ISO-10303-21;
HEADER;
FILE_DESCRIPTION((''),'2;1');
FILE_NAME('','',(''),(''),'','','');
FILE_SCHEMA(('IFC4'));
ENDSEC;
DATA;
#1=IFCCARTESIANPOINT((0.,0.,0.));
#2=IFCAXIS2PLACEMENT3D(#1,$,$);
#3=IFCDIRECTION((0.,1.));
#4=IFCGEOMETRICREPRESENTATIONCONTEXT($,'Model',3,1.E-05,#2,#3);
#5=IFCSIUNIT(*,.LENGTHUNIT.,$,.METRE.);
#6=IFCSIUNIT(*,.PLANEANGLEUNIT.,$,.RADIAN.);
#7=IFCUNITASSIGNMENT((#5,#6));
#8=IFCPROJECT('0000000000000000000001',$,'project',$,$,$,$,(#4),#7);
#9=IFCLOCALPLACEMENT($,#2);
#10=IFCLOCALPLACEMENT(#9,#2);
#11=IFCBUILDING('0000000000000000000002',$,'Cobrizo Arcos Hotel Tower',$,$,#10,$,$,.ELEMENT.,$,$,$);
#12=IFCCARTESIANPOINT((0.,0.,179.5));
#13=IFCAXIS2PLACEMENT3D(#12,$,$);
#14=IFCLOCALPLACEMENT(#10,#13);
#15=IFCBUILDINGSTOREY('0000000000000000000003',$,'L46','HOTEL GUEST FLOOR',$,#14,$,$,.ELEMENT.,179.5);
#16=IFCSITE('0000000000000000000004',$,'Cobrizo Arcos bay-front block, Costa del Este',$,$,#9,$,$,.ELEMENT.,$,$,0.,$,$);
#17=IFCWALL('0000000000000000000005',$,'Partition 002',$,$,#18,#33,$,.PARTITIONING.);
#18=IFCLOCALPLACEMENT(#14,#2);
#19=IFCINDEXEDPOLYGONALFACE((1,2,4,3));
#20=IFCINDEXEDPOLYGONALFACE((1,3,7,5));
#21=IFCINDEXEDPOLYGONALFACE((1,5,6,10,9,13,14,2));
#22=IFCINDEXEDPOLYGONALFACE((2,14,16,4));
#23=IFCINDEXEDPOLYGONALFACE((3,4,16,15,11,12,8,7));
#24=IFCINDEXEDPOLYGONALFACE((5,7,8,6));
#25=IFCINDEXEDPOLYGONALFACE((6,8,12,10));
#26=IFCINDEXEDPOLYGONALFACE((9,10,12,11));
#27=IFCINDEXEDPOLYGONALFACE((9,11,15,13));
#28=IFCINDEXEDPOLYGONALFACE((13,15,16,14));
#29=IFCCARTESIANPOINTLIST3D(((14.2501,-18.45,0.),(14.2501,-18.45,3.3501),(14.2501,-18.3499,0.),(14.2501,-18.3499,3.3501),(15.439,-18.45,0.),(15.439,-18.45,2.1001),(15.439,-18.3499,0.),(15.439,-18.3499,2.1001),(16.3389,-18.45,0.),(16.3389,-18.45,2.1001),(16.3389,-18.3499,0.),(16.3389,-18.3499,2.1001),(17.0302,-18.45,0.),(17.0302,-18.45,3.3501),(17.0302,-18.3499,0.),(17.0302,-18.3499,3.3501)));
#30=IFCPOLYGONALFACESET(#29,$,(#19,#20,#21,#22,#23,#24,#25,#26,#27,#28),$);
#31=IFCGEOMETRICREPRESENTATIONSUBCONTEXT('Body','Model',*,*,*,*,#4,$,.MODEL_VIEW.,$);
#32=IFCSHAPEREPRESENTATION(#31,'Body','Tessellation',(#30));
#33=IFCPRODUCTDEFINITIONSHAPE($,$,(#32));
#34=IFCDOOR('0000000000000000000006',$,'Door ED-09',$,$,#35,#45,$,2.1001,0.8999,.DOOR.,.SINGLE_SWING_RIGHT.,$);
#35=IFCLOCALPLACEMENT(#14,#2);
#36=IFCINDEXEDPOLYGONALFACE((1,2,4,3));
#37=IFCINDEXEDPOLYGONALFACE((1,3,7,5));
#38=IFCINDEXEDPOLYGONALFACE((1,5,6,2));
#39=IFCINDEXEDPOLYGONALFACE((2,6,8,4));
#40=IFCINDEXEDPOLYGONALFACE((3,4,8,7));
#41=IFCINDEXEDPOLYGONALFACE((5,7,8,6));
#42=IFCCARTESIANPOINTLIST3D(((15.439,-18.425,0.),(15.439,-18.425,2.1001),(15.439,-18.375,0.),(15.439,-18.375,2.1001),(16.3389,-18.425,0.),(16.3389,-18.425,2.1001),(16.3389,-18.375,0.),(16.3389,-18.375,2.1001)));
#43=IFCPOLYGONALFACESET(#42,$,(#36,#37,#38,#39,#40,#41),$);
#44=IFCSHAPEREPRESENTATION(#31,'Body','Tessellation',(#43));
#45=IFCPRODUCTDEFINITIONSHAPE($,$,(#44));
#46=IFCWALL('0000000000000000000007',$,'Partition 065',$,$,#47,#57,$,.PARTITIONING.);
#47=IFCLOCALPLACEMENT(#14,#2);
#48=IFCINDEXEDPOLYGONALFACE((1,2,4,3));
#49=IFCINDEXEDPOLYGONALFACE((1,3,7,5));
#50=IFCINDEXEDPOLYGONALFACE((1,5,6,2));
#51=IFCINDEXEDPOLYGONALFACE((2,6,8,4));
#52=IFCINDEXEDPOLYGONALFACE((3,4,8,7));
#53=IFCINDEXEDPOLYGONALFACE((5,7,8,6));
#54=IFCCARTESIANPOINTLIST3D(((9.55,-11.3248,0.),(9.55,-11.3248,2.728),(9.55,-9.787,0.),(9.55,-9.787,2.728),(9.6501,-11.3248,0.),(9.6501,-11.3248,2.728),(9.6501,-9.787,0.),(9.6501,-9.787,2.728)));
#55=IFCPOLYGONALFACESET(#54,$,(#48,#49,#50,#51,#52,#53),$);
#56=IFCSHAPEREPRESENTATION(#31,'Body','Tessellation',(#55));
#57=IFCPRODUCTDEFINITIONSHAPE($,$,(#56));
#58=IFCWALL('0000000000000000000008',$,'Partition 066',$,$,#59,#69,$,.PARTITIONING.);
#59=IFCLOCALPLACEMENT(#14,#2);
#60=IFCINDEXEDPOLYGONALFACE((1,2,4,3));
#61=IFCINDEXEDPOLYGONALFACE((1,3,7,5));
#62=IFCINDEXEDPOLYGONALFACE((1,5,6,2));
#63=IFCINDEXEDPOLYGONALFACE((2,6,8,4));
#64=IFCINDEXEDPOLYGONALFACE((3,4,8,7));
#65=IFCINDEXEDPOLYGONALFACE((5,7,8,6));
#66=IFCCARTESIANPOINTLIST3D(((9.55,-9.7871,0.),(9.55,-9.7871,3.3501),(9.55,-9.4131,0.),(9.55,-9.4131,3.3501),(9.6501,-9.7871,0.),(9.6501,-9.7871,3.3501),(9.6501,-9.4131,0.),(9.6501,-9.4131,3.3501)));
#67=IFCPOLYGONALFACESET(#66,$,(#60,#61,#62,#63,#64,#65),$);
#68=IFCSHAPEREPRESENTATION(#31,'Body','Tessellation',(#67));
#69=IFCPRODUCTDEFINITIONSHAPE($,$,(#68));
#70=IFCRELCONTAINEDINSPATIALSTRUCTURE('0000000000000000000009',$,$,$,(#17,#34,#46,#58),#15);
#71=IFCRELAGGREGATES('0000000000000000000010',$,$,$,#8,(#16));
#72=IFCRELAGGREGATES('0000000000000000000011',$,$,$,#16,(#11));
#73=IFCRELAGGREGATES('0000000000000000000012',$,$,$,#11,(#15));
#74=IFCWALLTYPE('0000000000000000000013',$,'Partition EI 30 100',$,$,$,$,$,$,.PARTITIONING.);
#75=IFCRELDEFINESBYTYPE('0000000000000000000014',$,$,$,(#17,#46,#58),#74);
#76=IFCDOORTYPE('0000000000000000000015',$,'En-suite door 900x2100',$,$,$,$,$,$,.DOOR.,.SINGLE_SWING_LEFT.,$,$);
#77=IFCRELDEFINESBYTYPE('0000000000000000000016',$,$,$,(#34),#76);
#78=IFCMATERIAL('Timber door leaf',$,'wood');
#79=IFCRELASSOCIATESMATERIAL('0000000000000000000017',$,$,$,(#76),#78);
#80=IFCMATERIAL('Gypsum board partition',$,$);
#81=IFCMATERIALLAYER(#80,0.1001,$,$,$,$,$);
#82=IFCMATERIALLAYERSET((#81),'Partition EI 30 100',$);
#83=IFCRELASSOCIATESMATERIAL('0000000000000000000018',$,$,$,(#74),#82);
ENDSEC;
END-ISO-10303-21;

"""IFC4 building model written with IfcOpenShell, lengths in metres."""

from ifc_helpers import new_model, si_unit, direction, frame, frame_2d, origin, place, context, subcontext, project, spatial, rectangle, extrude, material, layer, layer_set, type_object, element, fill, save


model = new_model("IFC4")

# Units and contexts
model_context = context("Model", 3, precision=1e-05, world=origin(), true_north=direction((0.0, 1.0)))
body_context = subcontext(model_context, "Body", "Model", "MODEL_VIEW")
ifc_project = project(units=[si_unit("LENGTHUNIT", "METRE"), si_unit("PLANEANGLEUNIT", "RADIAN")], contexts=[model_context])

# Site, building, storey
site_placement = place(None, origin())
site = spatial("IfcSite", under=ifc_project, at=site_placement, Name="Cobrizo Arcos bay-front block, Costa del Este", CompositionType="ELEMENT", RefElevation=0.0)
building_placement = place(site_placement, origin())
building = spatial("IfcBuilding", under=site, at=building_placement, Name="Cobrizo Arcos Hotel Tower", CompositionType="ELEMENT")
storey_placement = place(building_placement, frame((0.0, 0.0, 179.5)))
storey = spatial("IfcBuildingStorey", under=building, at=storey_placement, Name="L46", Description="HOTEL GUEST FLOOR", CompositionType="ELEMENT", Elevation=179.5)

# Shared definitions
ifc_material_1 = material(Name="Gypsum board partition")

# Wall, opening, door
ifc_material_2 = material(Name="Timber door leaf", Category="wood")
door_type_1 = type_object("IfcDoorType", Name="En-suite door 900x2100", OperationType="SINGLE_SWING_LEFT", PredefinedType="DOOR", material=ifc_material_2)
ifc_layer_1 = layer(ifc_material_1, 0.1001)
ifc_layer_set_1 = layer_set([ifc_layer_1], Name="Partition EI 30 100")
wall_type_1 = type_object("IfcWallType", Name="Partition EI 30 100", PredefinedType="PARTITIONING", material=ifc_layer_set_1)
wall_1_placement = place(storey_placement, frame((14.25, -18.3999, 0.0), z_axis=(0.0, 0.0, 1.0), x_axis=(1.0, 0.0, 0.0)))
wall_1 = element("IfcWall", 1, at=wall_1_placement, inside=storey, type_object=wall_type_1, Name="Partition 002", PredefinedType="PARTITIONING", context=body_context, shape_type="SweptSolid", body=[
    extrude(rectangle(XDim=2.78, YDim=0.1001, at=frame_2d((1.3901, 0.0))), origin(), (0.0, 0.0, 1.0), 3.3501),
])
opening_1_placement = place(wall_1_placement, frame((1.189, 0.0, 0.0)))
opening_1 = element("IfcOpeningElement", 2, at=opening_1_placement, cuts=wall_1, PredefinedType="OPENING", context=body_context, shape_type="SweptSolid", body=[
    extrude(rectangle(XDim=0.8999, YDim=2.1001, at=frame_2d((0.45, 1.05))), frame((0.0, 0.062, 0.0), z_axis=(0.0, -1.0, 0.0), x_axis=(1.0, 0.0, 0.0)), (0.0, 0.0, 1.0), 0.124),
])
door_1_placement = place(opening_1_placement, origin())
door_1 = element("IfcDoor", 3, at=door_1_placement, inside=storey, type_object=door_type_1, Name="Door ED-09", OperationType="SINGLE_SWING_RIGHT", OverallHeight=2.1001, OverallWidth=0.8999, PredefinedType="DOOR", context=body_context, shape_type="SweptSolid", body=[
    extrude(rectangle(XDim=0.8999, YDim=2.1001, at=frame_2d((0.45, 1.05))), frame((0.0, 0.0249, 0.0), z_axis=(0.0, -1.0, 0.0), x_axis=(1.0, 0.0, 0.0)), (0.0, 0.0, 1.0), 0.05),
])
fill(opening_1, door_1)

# Walls
wall_2_placement = place(storey_placement, frame((9.6001, -11.325, 0.0), z_axis=(0.0, 0.0, 1.0), x_axis=(0.0, 1.0, 0.0)))
element("IfcWall", 4, at=wall_2_placement, inside=storey, type_object=wall_type_1, Name="Partition 065", PredefinedType="PARTITIONING", context=body_context, shape_type="SweptSolid", body=[
    extrude(rectangle(XDim=1.5378, YDim=0.1001, at=frame_2d((0.769, 0.0))), origin(), (0.0, 0.0, 1.0), 2.728),
])
wall_3_placement = place(storey_placement, frame((9.6001, -9.7871, 0.0), z_axis=(0.0, 0.0, 1.0), x_axis=(0.0, 1.0, 0.0)))
element("IfcWall", 5, at=wall_3_placement, inside=storey, type_object=wall_type_1, Name="Partition 066", PredefinedType="PARTITIONING", context=body_context, shape_type="SweptSolid", body=[
    extrude(rectangle(XDim=0.374, YDim=0.1001, at=frame_2d((0.187, 0.0))), origin(), (0.0, 0.0, 1.0), 3.3501),
])

save(model, "model.ifc")
